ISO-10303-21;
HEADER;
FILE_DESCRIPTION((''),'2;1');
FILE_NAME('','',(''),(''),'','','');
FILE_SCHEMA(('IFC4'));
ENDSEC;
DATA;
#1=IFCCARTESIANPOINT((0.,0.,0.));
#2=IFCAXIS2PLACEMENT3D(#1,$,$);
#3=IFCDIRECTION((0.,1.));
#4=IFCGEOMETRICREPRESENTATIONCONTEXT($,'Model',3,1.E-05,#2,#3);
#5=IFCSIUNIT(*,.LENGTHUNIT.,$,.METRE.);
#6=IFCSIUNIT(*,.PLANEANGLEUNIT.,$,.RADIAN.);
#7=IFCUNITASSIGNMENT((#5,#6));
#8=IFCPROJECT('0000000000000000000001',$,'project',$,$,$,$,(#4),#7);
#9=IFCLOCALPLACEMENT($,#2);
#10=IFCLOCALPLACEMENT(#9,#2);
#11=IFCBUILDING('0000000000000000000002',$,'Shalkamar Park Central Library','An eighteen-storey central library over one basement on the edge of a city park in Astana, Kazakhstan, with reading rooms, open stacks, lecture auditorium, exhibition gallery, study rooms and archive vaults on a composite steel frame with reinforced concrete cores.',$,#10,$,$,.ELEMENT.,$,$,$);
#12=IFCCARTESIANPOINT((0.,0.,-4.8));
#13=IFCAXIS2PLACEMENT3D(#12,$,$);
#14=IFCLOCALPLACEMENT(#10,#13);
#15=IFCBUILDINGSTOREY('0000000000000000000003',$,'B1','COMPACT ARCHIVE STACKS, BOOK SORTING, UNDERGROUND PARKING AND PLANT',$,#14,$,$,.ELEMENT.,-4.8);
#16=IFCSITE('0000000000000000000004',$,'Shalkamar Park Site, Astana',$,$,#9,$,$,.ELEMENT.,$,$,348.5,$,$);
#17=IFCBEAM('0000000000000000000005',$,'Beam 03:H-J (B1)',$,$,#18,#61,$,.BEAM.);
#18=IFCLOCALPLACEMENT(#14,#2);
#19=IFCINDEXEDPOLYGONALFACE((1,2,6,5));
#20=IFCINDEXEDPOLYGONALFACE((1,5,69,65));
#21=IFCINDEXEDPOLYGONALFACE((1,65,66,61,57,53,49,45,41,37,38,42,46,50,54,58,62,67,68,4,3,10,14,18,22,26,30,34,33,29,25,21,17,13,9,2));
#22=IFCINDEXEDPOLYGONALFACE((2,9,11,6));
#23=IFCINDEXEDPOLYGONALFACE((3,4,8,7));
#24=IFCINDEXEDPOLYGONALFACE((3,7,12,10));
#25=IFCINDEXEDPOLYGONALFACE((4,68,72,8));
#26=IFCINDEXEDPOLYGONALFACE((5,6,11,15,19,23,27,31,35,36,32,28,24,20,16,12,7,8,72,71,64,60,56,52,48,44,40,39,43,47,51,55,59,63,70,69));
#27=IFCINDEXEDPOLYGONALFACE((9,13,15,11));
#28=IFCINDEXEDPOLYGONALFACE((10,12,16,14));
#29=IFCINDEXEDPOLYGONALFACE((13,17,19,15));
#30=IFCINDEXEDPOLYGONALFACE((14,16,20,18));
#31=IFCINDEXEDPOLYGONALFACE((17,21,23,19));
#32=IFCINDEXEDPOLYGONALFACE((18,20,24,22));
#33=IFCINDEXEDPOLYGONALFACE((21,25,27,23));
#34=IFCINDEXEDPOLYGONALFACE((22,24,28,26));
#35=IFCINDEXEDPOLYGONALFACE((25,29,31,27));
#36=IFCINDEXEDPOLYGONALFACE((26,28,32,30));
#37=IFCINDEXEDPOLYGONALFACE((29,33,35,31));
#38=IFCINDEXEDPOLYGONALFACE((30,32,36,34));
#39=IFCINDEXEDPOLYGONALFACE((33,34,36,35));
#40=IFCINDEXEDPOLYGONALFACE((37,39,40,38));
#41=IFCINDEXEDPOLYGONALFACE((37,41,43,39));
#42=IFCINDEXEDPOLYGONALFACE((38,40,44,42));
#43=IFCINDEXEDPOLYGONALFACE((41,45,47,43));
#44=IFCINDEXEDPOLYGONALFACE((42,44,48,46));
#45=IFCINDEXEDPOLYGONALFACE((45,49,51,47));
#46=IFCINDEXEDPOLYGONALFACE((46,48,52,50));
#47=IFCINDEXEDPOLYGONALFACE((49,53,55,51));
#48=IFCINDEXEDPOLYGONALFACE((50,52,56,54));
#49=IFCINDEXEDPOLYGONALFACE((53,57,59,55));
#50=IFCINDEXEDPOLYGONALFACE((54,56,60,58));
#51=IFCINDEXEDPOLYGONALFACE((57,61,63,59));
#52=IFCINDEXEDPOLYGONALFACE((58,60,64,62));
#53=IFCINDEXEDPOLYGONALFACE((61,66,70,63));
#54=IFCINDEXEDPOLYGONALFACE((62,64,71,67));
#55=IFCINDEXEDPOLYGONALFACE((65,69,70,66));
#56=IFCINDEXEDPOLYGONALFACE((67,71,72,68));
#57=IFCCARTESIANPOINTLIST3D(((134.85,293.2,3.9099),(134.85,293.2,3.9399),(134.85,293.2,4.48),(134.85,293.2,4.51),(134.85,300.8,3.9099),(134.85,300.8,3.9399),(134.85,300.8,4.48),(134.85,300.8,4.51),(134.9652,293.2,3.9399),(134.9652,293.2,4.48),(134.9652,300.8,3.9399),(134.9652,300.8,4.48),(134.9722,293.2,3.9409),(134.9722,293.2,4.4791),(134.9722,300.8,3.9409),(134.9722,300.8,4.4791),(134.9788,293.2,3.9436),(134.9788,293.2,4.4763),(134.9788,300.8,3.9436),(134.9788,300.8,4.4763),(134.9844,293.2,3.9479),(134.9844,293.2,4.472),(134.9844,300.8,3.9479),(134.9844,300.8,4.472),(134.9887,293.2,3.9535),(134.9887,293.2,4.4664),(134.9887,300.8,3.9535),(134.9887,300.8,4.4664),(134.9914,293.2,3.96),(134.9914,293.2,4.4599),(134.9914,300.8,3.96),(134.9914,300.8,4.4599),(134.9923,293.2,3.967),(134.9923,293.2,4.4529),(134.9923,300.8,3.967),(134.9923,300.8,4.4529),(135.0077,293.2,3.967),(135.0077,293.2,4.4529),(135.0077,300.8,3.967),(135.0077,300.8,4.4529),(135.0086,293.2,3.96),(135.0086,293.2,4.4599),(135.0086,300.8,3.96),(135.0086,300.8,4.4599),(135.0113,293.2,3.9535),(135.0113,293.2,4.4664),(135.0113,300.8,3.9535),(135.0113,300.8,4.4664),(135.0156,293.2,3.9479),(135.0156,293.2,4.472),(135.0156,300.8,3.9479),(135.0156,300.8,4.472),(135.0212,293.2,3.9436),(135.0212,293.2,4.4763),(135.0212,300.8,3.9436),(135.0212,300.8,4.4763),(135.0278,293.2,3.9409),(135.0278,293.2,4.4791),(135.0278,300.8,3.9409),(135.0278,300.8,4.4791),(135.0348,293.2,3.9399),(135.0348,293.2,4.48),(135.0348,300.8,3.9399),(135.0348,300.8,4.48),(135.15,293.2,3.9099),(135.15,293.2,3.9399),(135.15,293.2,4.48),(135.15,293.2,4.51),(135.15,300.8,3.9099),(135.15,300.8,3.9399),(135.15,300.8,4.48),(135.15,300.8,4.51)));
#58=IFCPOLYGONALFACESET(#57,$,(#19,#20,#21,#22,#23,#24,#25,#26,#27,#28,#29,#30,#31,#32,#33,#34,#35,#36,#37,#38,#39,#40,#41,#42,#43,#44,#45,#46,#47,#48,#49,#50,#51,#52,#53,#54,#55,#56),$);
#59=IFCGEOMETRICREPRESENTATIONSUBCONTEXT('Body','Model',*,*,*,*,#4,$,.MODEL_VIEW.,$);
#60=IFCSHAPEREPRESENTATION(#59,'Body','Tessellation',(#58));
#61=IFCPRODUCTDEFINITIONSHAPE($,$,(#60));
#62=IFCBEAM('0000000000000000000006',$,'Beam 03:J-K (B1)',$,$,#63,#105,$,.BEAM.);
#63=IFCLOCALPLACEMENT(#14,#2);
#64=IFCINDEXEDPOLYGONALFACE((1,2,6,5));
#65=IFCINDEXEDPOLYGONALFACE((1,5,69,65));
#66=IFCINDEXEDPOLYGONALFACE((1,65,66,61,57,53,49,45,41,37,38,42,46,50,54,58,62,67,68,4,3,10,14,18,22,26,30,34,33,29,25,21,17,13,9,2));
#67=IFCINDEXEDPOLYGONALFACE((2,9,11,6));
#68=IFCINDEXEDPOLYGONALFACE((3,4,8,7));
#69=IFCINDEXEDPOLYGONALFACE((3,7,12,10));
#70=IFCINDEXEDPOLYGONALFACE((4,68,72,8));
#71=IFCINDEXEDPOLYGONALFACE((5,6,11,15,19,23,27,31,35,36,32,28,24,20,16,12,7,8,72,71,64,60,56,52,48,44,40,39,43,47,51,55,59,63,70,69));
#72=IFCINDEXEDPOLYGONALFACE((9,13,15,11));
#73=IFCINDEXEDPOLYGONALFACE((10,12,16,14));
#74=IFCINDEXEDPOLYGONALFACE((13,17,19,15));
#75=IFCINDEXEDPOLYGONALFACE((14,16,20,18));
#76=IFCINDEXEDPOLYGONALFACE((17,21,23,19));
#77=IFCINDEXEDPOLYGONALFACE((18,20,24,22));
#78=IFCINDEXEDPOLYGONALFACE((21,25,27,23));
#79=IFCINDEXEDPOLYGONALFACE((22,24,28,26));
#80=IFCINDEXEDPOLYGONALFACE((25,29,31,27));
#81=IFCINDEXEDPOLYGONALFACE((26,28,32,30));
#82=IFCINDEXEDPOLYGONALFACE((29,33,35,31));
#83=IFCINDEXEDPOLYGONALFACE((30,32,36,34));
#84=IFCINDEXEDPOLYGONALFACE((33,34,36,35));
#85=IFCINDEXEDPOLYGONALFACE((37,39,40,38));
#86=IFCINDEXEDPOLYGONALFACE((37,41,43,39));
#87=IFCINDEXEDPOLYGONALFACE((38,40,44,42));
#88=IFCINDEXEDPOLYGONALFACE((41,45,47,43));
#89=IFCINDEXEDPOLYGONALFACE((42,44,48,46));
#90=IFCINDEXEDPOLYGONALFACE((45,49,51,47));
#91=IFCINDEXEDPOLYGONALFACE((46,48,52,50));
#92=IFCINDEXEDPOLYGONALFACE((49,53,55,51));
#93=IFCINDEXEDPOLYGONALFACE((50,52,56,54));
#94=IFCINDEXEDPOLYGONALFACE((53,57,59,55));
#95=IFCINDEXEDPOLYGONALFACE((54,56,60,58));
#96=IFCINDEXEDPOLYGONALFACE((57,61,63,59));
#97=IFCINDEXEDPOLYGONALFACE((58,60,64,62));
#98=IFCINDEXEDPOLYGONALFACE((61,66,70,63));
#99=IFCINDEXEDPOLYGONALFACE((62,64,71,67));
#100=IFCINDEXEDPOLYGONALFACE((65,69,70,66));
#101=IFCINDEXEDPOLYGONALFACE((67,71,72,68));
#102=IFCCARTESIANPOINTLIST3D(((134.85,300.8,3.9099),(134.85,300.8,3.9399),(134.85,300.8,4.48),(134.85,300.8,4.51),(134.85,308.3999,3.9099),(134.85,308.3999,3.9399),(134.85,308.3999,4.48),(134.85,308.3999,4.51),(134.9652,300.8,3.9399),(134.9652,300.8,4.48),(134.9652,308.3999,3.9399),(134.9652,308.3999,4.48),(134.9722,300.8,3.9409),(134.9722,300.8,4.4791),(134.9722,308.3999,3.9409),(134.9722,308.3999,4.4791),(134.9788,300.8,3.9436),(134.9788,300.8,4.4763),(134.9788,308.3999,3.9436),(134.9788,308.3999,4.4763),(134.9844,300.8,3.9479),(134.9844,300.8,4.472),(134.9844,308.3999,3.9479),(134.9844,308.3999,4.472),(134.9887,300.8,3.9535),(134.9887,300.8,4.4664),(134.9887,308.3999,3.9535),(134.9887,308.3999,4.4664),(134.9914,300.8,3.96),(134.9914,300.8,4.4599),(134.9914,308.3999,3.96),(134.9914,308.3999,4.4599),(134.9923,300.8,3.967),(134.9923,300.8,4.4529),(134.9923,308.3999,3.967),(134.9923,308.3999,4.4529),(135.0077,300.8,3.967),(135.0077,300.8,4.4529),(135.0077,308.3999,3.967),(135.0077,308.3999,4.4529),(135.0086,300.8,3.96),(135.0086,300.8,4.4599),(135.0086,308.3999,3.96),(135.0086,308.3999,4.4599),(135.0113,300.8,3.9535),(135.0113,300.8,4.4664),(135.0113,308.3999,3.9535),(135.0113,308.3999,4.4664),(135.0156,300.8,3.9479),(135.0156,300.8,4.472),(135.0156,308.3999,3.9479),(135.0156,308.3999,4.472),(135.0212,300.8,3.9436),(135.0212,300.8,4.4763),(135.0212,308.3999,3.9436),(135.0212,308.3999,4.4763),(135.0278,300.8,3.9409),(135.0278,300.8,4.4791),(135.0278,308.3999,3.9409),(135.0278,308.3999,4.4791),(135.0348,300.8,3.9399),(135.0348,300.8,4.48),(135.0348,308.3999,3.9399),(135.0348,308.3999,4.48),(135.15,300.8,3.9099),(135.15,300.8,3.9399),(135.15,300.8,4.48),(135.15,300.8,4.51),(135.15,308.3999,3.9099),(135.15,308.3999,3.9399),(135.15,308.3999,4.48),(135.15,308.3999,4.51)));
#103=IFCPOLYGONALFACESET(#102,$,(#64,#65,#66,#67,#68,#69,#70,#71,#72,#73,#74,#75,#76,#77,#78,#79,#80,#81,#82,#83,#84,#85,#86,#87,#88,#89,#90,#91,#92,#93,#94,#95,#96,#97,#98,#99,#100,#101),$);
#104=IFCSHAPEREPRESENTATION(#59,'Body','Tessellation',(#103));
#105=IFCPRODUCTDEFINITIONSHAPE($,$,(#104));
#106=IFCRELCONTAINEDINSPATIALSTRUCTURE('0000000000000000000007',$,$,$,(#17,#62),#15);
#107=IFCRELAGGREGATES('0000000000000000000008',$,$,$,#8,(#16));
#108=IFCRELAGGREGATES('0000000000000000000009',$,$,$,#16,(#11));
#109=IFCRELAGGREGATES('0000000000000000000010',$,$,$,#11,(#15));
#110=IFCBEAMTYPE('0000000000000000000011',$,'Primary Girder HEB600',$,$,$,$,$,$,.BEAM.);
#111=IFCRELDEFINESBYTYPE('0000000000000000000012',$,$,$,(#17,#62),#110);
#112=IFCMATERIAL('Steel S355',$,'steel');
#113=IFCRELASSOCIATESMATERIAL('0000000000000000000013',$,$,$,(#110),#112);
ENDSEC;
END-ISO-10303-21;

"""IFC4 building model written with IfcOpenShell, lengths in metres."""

from ifc_helpers import new_model, si_unit, direction, frame, origin, origin_2d, place, context, subcontext, project, spatial, i_section, extrude, material, material_profile, profile_set, type_object, element, save


model = new_model("IFC4")

# Units and contexts
model_context = context("Model", 3, precision=1e-05, world=origin(), true_north=direction((0.0, 1.0)))
body_context = subcontext(model_context, "Body", "Model", "MODEL_VIEW")
ifc_project = project(units=[si_unit("LENGTHUNIT", "METRE"), si_unit("PLANEANGLEUNIT", "RADIAN")], contexts=[model_context])

# Site, building, storey
site_placement = place(None, origin())
site = spatial("IfcSite", under=ifc_project, at=site_placement, Name="Shalkamar Park Site, Astana", CompositionType="ELEMENT", RefElevation=348.5)
building_placement = place(site_placement, origin())
building = spatial("IfcBuilding", under=site, at=building_placement, Name="Shalkamar Park Central Library", Description="An eighteen-storey central library over one basement on the edge of a city park in Astana, Kazakhstan, with reading rooms, open stacks, lecture auditorium, exhibition gallery, study rooms and archive vaults on a composite steel frame with reinforced concrete cores.", CompositionType="ELEMENT")
storey_placement = place(building_placement, frame((0.0, 0.0, -4.8)))
storey = spatial("IfcBuildingStorey", under=building, at=storey_placement, Name="B1", Description="COMPACT ARCHIVE STACKS, BOOK SORTING, UNDERGROUND PARKING AND PLANT", CompositionType="ELEMENT", Elevation=-4.8)

# Shared definitions
ifc_material_1 = material(Name="Steel S355", Category="steel")

# Beams
ifc_material_profile_1 = material_profile(ifc_material_1, i_section(OverallWidth=0.3, OverallDepth=0.6001, WebThickness=0.0154, FlangeThickness=0.03, FilletRadius=0.0271, at=origin_2d()), Name="HEB 600")
ifc_profile_set_1 = profile_set([ifc_material_profile_1], Name="Steel S355")
beam_type = type_object("IfcBeamType", Name="Primary Girder HEB600", PredefinedType="BEAM", material=ifc_profile_set_1)
for number, where, z_axis, x_axis, name in (
    (1, (135.0, 293.2, 4.21), (0.0, 1.0, 0.0), (-1.0, 0.0, 0.0), "Beam 03:H-J (B1)"),
):
    element("IfcBeam", number, at=place(storey_placement, frame(where, z_axis=z_axis, x_axis=x_axis)), inside=storey, type_object=beam_type, Name=name, PredefinedType="BEAM", context=body_context, shape_type="SweptSolid", body=[
        extrude(i_section(OverallWidth=0.3, OverallDepth=0.6001, WebThickness=0.0154, FlangeThickness=0.03, FilletRadius=0.0271, at=origin_2d()), origin(), (0.0, 0.0, 1.0), 7.6001),
    ])
beam_1_placement = place(storey_placement, frame((135.0, 300.8, 4.21), z_axis=(0.0, 1.0, 0.0), x_axis=(-1.0, 0.0, 0.0)))
element("IfcBeam", 2, at=beam_1_placement, inside=storey, type_object=beam_type, Name="Beam 03:J-K (B1)", PredefinedType="BEAM", context=body_context, shape_type="SweptSolid", body=[
    extrude(i_section(OverallWidth=0.3, OverallDepth=0.6001, WebThickness=0.0154, FlangeThickness=0.03, FilletRadius=0.0271, at=origin_2d()), origin(), (0.0, 0.0, 1.0), 7.5999),
])

save(model, "model.ifc")
